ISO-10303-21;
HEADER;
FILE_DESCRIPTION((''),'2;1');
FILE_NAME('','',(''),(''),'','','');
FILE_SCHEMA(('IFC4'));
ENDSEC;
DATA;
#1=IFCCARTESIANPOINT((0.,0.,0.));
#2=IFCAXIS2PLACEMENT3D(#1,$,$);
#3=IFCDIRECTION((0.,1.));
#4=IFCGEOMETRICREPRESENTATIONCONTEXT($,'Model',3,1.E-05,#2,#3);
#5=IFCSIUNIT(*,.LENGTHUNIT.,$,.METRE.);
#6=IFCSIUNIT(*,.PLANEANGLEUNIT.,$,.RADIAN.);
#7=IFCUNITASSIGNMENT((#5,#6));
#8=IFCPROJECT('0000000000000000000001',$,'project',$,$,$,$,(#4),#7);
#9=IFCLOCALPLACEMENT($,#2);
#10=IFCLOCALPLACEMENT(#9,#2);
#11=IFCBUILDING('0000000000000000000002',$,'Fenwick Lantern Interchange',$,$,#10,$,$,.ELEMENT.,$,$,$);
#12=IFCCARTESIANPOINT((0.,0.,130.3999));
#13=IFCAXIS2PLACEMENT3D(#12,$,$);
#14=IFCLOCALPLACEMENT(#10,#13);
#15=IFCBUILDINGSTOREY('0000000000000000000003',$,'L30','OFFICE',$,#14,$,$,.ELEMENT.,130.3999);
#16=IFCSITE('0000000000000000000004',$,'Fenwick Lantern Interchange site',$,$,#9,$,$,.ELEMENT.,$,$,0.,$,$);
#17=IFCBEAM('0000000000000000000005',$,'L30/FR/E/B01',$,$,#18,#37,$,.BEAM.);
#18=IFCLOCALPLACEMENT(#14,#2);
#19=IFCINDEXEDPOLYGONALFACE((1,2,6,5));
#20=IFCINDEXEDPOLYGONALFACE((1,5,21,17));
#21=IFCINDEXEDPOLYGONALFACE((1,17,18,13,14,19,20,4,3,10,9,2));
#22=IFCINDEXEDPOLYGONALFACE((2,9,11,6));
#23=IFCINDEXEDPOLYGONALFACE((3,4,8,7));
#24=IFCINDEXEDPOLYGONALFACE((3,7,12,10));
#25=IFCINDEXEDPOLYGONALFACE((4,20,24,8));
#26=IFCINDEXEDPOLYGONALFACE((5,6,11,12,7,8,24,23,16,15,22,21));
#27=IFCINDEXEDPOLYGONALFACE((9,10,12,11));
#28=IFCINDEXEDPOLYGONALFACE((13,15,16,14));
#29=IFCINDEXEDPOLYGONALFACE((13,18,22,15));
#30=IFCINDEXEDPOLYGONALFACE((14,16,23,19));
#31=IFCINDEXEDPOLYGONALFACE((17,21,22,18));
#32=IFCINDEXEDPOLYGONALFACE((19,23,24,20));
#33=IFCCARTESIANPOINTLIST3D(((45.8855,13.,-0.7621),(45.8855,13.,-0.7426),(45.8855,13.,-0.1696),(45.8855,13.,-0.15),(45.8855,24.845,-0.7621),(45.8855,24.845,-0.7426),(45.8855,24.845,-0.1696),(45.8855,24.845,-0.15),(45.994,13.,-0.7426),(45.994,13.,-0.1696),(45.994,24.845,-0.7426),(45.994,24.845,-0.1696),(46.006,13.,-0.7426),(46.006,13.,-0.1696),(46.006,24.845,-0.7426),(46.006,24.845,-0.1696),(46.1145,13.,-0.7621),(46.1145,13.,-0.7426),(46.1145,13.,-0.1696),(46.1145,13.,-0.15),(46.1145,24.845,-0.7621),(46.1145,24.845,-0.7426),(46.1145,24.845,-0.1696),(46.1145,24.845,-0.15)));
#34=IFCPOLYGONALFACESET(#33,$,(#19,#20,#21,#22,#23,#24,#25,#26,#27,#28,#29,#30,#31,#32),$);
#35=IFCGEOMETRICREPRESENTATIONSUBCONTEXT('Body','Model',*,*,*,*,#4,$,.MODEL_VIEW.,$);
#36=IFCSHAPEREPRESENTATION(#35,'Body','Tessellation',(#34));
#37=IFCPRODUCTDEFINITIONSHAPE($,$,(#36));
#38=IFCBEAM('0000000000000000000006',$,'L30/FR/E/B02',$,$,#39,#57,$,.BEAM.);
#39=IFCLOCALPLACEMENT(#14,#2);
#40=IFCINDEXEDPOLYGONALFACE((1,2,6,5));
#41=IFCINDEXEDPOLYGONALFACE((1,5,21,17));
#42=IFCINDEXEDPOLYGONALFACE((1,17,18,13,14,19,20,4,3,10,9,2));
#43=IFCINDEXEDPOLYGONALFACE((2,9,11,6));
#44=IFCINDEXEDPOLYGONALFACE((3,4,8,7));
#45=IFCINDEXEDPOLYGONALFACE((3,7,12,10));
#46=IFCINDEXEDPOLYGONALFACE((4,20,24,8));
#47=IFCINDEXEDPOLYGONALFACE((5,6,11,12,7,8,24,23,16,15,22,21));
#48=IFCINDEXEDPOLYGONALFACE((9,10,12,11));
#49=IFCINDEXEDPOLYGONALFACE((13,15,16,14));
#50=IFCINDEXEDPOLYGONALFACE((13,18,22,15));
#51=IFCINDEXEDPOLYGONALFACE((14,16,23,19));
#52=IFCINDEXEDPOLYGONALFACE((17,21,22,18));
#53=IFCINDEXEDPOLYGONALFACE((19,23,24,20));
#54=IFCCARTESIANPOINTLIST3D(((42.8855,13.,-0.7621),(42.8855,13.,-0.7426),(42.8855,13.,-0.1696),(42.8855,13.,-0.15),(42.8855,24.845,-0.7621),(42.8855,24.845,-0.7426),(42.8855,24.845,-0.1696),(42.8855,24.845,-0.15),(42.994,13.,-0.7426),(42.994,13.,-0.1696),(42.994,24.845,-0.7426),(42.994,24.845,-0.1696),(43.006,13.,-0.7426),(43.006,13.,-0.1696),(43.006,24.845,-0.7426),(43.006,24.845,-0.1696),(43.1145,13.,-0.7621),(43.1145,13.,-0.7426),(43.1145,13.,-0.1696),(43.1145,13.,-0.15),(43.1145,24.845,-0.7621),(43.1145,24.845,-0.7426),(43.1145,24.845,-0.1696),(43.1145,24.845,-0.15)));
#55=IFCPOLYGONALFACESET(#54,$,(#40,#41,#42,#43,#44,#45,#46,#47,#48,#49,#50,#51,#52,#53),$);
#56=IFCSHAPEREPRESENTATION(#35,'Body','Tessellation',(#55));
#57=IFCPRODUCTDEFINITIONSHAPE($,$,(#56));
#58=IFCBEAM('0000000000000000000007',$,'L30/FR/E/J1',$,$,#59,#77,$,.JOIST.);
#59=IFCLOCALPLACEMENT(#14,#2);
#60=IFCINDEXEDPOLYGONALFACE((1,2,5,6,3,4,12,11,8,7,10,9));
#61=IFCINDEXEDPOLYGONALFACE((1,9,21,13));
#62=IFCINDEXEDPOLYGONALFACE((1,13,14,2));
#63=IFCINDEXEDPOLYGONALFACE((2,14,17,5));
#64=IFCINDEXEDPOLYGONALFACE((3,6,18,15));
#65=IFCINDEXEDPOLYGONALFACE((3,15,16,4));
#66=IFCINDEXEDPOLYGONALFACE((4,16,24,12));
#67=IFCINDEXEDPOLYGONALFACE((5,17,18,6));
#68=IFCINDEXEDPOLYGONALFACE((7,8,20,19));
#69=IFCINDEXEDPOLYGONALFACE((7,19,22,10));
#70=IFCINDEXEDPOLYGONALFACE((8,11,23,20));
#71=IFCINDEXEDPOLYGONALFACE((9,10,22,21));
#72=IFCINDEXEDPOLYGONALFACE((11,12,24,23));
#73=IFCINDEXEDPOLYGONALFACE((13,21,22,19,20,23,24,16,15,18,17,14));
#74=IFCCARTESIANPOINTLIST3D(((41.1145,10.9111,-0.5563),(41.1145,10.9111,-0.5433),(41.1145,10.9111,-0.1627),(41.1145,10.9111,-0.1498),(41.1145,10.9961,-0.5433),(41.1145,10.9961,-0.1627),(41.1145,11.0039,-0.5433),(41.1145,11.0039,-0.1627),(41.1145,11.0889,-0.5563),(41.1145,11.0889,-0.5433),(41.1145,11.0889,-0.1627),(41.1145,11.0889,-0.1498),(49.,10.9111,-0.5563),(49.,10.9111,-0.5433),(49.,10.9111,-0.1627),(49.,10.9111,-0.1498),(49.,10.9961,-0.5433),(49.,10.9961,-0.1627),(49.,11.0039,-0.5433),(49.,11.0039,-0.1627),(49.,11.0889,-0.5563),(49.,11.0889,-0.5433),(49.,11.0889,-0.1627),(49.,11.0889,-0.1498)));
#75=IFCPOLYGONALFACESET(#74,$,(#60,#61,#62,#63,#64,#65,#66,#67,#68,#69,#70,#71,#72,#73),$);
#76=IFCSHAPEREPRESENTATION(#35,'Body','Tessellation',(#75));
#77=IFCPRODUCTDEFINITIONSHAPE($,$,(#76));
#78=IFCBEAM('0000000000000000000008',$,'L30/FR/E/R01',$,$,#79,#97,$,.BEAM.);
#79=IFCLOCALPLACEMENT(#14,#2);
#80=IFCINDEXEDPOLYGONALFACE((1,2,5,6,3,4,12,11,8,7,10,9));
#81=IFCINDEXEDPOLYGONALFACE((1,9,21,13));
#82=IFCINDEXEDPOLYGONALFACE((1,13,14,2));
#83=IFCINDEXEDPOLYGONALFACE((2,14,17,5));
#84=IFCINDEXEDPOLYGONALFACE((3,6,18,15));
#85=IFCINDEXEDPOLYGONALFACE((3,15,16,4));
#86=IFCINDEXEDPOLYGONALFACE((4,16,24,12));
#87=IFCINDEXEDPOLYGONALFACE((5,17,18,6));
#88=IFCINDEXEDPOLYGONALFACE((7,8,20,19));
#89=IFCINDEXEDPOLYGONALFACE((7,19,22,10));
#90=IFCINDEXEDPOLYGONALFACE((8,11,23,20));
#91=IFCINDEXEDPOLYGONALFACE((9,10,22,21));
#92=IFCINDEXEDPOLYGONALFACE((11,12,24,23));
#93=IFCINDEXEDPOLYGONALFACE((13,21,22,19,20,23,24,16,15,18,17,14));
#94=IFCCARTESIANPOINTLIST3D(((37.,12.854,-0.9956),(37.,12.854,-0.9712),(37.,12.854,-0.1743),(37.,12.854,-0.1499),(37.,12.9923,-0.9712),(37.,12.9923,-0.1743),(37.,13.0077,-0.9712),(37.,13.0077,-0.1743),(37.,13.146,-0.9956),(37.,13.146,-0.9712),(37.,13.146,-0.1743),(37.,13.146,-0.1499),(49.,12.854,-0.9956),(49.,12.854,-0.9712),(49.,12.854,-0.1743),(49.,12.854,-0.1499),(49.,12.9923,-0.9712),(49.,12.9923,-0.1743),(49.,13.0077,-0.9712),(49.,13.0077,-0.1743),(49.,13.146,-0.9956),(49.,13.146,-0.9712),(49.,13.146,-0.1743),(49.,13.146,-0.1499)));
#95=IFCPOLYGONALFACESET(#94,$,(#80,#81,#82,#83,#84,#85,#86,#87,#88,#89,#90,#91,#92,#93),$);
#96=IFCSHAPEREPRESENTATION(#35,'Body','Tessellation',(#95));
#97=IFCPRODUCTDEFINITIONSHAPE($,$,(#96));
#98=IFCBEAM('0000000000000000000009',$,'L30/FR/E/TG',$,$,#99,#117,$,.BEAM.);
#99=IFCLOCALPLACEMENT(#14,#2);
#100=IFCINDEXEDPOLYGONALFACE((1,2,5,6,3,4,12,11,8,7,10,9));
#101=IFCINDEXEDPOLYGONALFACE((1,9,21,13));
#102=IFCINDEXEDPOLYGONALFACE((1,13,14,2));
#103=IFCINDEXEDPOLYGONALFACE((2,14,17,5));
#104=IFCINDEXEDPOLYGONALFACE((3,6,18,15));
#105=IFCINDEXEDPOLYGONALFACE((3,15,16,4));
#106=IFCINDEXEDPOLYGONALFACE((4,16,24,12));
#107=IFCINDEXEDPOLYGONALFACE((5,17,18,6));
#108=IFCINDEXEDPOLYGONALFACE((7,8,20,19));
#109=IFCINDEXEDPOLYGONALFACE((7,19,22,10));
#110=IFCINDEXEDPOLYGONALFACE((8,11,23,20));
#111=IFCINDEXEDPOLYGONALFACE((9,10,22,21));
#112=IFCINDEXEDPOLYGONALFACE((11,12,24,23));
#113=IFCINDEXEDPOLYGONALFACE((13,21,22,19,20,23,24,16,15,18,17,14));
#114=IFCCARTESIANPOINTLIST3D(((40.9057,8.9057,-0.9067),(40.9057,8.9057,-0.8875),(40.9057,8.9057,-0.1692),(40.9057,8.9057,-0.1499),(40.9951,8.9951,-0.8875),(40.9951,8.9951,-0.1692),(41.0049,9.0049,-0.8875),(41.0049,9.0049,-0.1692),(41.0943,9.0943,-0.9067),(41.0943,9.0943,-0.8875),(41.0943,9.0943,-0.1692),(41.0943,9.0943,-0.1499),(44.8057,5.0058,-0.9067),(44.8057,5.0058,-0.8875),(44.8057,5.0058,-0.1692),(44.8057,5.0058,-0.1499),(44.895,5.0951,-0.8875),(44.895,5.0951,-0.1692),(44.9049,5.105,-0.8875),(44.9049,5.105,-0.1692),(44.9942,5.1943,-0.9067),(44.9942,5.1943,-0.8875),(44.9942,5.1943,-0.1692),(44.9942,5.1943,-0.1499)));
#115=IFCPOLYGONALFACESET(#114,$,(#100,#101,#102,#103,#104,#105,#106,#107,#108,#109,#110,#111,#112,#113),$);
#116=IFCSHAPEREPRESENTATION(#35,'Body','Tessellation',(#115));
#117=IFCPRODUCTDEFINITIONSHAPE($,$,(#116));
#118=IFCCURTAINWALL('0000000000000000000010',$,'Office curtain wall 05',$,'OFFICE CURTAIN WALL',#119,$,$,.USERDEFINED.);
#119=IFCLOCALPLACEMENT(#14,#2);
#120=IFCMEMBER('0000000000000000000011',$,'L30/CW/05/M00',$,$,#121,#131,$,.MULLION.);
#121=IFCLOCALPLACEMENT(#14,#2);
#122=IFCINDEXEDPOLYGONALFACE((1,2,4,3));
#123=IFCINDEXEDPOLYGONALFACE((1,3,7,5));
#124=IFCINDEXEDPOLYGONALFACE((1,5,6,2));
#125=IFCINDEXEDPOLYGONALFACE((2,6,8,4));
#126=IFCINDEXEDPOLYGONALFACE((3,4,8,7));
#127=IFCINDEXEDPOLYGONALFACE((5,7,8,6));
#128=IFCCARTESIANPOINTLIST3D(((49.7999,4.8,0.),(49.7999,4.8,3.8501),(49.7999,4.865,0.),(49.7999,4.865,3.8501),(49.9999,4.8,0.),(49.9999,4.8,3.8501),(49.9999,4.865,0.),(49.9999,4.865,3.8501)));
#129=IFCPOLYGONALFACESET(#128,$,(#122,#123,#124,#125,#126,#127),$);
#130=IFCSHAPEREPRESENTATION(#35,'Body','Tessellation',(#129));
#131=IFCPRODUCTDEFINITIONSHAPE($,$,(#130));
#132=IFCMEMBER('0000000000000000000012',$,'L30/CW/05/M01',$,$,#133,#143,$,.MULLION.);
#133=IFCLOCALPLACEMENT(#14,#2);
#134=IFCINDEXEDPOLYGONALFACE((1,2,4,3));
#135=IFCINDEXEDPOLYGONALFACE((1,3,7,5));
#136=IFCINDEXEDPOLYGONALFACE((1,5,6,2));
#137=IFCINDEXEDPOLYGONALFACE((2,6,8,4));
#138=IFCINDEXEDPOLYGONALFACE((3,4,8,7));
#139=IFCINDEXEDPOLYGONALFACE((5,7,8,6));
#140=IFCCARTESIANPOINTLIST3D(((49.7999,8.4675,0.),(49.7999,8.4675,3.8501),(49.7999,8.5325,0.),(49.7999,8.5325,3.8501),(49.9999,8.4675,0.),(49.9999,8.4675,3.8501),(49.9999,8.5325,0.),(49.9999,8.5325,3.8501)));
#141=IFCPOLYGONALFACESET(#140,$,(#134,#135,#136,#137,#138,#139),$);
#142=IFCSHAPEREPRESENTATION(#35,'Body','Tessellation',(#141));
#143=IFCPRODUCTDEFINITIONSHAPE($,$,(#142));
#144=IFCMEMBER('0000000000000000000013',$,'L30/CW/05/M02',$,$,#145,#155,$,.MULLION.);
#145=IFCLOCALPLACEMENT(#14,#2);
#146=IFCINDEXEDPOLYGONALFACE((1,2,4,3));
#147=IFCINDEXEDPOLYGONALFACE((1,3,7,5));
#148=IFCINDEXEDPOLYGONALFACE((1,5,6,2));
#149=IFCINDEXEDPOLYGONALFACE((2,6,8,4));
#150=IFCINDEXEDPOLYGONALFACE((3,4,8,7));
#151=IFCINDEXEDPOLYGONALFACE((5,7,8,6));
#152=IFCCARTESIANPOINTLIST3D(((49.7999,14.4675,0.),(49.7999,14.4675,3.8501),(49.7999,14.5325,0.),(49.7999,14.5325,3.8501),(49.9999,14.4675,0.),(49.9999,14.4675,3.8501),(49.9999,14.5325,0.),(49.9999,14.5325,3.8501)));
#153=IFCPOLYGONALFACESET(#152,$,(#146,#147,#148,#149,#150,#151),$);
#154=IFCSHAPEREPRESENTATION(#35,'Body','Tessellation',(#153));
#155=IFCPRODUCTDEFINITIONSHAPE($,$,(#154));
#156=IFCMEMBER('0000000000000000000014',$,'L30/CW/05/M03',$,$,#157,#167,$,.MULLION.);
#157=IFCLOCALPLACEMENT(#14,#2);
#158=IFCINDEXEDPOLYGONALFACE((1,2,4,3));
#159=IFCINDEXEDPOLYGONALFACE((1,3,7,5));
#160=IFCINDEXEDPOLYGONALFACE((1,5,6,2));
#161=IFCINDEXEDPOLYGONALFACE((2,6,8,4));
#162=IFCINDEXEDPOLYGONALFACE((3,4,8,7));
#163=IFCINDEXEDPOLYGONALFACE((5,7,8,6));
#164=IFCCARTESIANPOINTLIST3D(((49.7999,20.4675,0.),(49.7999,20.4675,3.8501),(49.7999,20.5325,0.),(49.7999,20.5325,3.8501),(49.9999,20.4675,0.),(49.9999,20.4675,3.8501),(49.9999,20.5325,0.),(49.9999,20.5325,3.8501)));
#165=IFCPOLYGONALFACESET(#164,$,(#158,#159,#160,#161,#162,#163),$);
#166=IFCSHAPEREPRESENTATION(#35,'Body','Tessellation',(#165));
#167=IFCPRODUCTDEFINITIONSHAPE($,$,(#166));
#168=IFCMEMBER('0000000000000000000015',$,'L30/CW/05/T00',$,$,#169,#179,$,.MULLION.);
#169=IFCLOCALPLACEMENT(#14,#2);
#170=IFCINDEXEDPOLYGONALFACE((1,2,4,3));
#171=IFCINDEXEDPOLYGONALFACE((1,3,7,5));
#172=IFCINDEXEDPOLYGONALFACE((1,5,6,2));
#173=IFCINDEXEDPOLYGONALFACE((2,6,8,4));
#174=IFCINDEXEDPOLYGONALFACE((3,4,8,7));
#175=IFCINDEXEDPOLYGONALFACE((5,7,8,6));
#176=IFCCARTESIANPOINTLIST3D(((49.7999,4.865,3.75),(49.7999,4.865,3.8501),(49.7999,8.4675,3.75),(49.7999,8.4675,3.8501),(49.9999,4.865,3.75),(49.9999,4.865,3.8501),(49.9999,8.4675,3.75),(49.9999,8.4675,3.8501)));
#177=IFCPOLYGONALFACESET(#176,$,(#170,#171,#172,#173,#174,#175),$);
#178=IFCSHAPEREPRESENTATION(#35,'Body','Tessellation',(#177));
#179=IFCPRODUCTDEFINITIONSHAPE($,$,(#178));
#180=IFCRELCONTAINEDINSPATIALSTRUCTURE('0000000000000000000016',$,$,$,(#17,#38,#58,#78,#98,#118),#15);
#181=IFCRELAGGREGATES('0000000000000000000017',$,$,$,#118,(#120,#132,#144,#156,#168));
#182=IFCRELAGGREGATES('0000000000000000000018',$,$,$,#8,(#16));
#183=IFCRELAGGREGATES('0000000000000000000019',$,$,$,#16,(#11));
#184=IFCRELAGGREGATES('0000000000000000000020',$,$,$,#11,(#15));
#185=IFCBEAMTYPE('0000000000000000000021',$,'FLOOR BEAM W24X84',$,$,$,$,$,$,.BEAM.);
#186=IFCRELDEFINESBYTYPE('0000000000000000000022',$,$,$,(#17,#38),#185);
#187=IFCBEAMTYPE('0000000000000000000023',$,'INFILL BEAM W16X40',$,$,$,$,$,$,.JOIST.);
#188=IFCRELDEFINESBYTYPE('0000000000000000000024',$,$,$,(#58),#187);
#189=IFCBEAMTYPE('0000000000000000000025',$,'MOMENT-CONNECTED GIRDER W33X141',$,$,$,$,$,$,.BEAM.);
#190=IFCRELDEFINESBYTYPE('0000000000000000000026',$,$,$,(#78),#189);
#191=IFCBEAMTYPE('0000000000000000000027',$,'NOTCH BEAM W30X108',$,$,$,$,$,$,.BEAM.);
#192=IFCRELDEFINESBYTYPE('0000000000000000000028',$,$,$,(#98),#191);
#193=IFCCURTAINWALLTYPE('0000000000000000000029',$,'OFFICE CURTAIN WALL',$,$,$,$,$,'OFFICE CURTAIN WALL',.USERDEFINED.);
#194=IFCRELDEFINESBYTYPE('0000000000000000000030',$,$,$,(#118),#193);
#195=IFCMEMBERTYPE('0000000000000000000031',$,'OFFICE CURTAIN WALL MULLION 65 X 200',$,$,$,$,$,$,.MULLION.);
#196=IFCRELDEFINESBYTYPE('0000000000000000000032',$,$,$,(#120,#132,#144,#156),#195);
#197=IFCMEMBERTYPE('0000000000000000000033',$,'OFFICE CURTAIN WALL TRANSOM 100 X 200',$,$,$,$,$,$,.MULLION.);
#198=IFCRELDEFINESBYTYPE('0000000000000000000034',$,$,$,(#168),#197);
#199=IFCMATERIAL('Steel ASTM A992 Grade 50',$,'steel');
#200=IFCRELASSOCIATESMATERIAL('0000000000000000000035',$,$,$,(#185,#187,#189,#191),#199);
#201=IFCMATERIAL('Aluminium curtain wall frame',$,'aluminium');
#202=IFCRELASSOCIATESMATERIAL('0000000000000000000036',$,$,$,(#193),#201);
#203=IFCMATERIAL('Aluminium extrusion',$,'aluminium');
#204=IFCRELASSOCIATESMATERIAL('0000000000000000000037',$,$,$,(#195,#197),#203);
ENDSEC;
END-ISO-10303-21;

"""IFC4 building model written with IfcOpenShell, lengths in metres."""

from ifc_helpers import new_model, si_unit, direction, frame, origin, origin_2d, place, context, subcontext, project, spatial, rectangle, i_section, extrude, material, material_profile, profile_set, type_object, element, aggregate, save


model = new_model("IFC4")

# Units and contexts
model_context = context("Model", 3, precision=1e-05, world=origin(), true_north=direction((0.0, 1.0)))
body_context = subcontext(model_context, "Body", "Model", "MODEL_VIEW")
ifc_project = project(units=[si_unit("LENGTHUNIT", "METRE"), si_unit("PLANEANGLEUNIT", "RADIAN")], contexts=[model_context])

# Site, building, storey
site_placement = place(None, origin())
site = spatial("IfcSite", under=ifc_project, at=site_placement, Name="Fenwick Lantern Interchange site", CompositionType="ELEMENT", RefElevation=0.0)
building_placement = place(site_placement, origin())
building = spatial("IfcBuilding", under=site, at=building_placement, Name="Fenwick Lantern Interchange", CompositionType="ELEMENT")
storey_placement = place(building_placement, frame((0.0, 0.0, 130.3999)))
storey = spatial("IfcBuildingStorey", under=building, at=storey_placement, Name="L30", Description="OFFICE", CompositionType="ELEMENT", Elevation=130.3999)

# Shared definitions
ifc_material_1 = material(Name="Steel ASTM A992 Grade 50", Category="steel")

# Beams
ifc_material_profile_1 = material_profile(ifc_material_1, i_section(OverallWidth=0.229, OverallDepth=0.6121, WebThickness=0.012, FlangeThickness=0.0195, at=origin_2d()), Name="W24X84")
ifc_profile_set_1 = profile_set([ifc_material_profile_1], Name="Steel ASTM A992 Grade 50")
beam_type_1 = type_object("IfcBeamType", Name="FLOOR BEAM W24X84", PredefinedType="BEAM", material=ifc_profile_set_1)
for number, where, z_axis, x_axis, name in (
    (1, (46.0, 13.0, -0.4561), (0.0, 1.0, 0.0), (-1.0, 0.0, 0.0), "L30/FR/E/B01"),
    (2, (43.0, 13.0, -0.4561), (0.0, 1.0, 0.0), (-1.0, 0.0, 0.0), "L30/FR/E/B02"),
):
    element("IfcBeam", number, at=place(storey_placement, frame(where, z_axis=z_axis, x_axis=x_axis)), inside=storey, type_object=beam_type_1, Name=name, PredefinedType="BEAM", context=body_context, shape_type="SweptSolid", body=[
        extrude(i_section(OverallWidth=0.229, OverallDepth=0.6121, WebThickness=0.012, FlangeThickness=0.0195, at=origin_2d()), origin(), (0.0, 0.0, 1.0), 11.845),
    ])
ifc_material_profile_2 = material_profile(ifc_material_1, i_section(OverallWidth=0.1777, OverallDepth=0.4065, WebThickness=0.0078, FlangeThickness=0.0129, at=origin_2d()), Name="W16X40")
ifc_profile_set_2 = profile_set([ifc_material_profile_2], Name="Steel ASTM A992 Grade 50")
beam_type_2 = type_object("IfcBeamType", Name="INFILL BEAM W16X40", PredefinedType="JOIST", material=ifc_profile_set_2)
beam_1_placement = place(storey_placement, frame((49.0, 11.0, -0.353), z_axis=(-1.0, 0.0, 0.0), x_axis=(0.0, -1.0, 0.0)))
element("IfcBeam", 3, at=beam_1_placement, inside=storey, type_object=beam_type_2, Name="L30/FR/E/J1", PredefinedType="JOIST", context=body_context, shape_type="SweptSolid", body=[
    extrude(i_section(OverallWidth=0.1777, OverallDepth=0.4065, WebThickness=0.0078, FlangeThickness=0.0129, at=origin_2d()), origin(), (0.0, 0.0, 1.0), 7.8855),
])
ifc_material_profile_3 = material_profile(ifc_material_1, i_section(OverallWidth=0.292, OverallDepth=0.8457, WebThickness=0.0154, FlangeThickness=0.0244, at=origin_2d()), Name="W33X141")
ifc_profile_set_3 = profile_set([ifc_material_profile_3], Name="Steel ASTM A992 Grade 50")
beam_type_3 = type_object("IfcBeamType", Name="MOMENT-CONNECTED GIRDER W33X141", PredefinedType="BEAM", material=ifc_profile_set_3)
beam_2_placement = place(storey_placement, frame((49.0, 13.0, -0.5728), z_axis=(-1.0, 0.0, 0.0), x_axis=(0.0, -1.0, 0.0)))
element("IfcBeam", 4, at=beam_2_placement, inside=storey, type_object=beam_type_3, Name="L30/FR/E/R01", PredefinedType="BEAM", context=body_context, shape_type="SweptSolid", body=[
    extrude(i_section(OverallWidth=0.292, OverallDepth=0.8457, WebThickness=0.0154, FlangeThickness=0.0244, at=origin_2d()), origin(), (0.0, 0.0, 1.0), 12.0),
])
ifc_material_profile_4 = material_profile(ifc_material_1, i_section(OverallWidth=0.2666, OverallDepth=0.7568, WebThickness=0.0139, FlangeThickness=0.0193, at=origin_2d()), Name="W30X108")
ifc_profile_set_4 = profile_set([ifc_material_profile_4], Name="Steel ASTM A992 Grade 50")
beam_type_4 = type_object("IfcBeamType", Name="NOTCH BEAM W30X108", PredefinedType="BEAM", material=ifc_profile_set_4)
beam_3_placement = place(storey_placement, frame((41.0, 9.0, -0.5283), z_axis=(0.707107, -0.707107, 0.0), x_axis=(0.707107, 0.707107, 0.0)))
element("IfcBeam", 5, at=beam_3_placement, inside=storey, type_object=beam_type_4, Name="L30/FR/E/TG", PredefinedType="BEAM", context=body_context, shape_type="SweptSolid", body=[
    extrude(i_section(OverallWidth=0.2666, OverallDepth=0.7568, WebThickness=0.0139, FlangeThickness=0.0193, at=origin_2d()), origin(), (0.0, 0.0, 1.0), 5.5154),
])

# Curtain wall, members
ifc_material_2 = material(Name="Aluminium curtain wall frame", Category="aluminium")
curtain_wall_type = type_object("IfcCurtainWallType", Name="OFFICE CURTAIN WALL", ElementType="OFFICE CURTAIN WALL", PredefinedType="USERDEFINED", material=ifc_material_2)
curtain_wall_placement = place(storey_placement, origin())
curtain_wall = element("IfcCurtainWall", 6, at=curtain_wall_placement, inside=storey, type_object=curtain_wall_type, Name="Office curtain wall 05", ObjectType="OFFICE CURTAIN WALL", PredefinedType="USERDEFINED")
ifc_material_3 = material(Name="Aluminium extrusion", Category="aluminium")
ifc_material_profile_5 = material_profile(ifc_material_3, rectangle(XDim=0.2, YDim=0.0649, at=origin_2d()), Name="OFFICE CURTAIN WALL MULLION 65 X 200")
ifc_profile_set_5 = profile_set([ifc_material_profile_5], Name="Aluminium extrusion")
member_type_1 = type_object("IfcMemberType", Name="OFFICE CURTAIN WALL MULLION 65 X 200", PredefinedType="MULLION", material=ifc_profile_set_5)
member_1_placement = place(storey_placement, frame((49.8999, 4.8325, 0.0), z_axis=(0.0, 0.0, 1.0), x_axis=(-1.0, 0.0, 0.0)))
member_1 = element("IfcMember", 7, at=member_1_placement, type_object=member_type_1, Name="L30/CW/05/M00", PredefinedType="MULLION", context=body_context, shape_type="SweptSolid", body=[
    extrude(rectangle(XDim=0.2, YDim=0.0649, at=origin_2d()), origin(), (0.0, 0.0, 1.0), 3.8501),
])
member_2_placement = place(storey_placement, frame((49.8999, 8.5, 0.0), z_axis=(0.0, 0.0, 1.0), x_axis=(-1.0, 0.0, 0.0)))
member_2 = element("IfcMember", 8, at=member_2_placement, type_object=member_type_1, Name="L30/CW/05/M01", PredefinedType="MULLION", context=body_context, shape_type="SweptSolid", body=[
    extrude(rectangle(XDim=0.2, YDim=0.0649, at=origin_2d()), origin(), (0.0, 0.0, 1.0), 3.8501),
])
member_3_placement = place(storey_placement, frame((49.8999, 14.5, 0.0), z_axis=(0.0, 0.0, 1.0), x_axis=(-1.0, 0.0, 0.0)))
member_3 = element("IfcMember", 9, at=member_3_placement, type_object=member_type_1, Name="L30/CW/05/M02", PredefinedType="MULLION", context=body_context, shape_type="SweptSolid", body=[
    extrude(rectangle(XDim=0.2, YDim=0.0649, at=origin_2d()), origin(), (0.0, 0.0, 1.0), 3.8501),
])
member_4_placement = place(storey_placement, frame((49.8999, 20.5, 0.0), z_axis=(0.0, 0.0, 1.0), x_axis=(-1.0, 0.0, 0.0)))
member_4 = element("IfcMember", 10, at=member_4_placement, type_object=member_type_1, Name="L30/CW/05/M03", PredefinedType="MULLION", context=body_context, shape_type="SweptSolid", body=[
    extrude(rectangle(XDim=0.2, YDim=0.0649, at=origin_2d()), origin(), (0.0, 0.0, 1.0), 3.8501),
])
ifc_material_profile_6 = material_profile(ifc_material_3, rectangle(XDim=0.2, YDim=0.1001, at=origin_2d()), Name="OFFICE CURTAIN WALL TRANSOM 100 X 200")
ifc_profile_set_6 = profile_set([ifc_material_profile_6], Name="Aluminium extrusion")
member_type_2 = type_object("IfcMemberType", Name="OFFICE CURTAIN WALL TRANSOM 100 X 200", PredefinedType="MULLION", material=ifc_profile_set_6)
member_5_placement = place(storey_placement, frame((49.8999, 4.865, 3.8), z_axis=(0.0, 1.0, 0.0), x_axis=(-1.0, 0.0, 0.0)))
member_5 = element("IfcMember", 11, at=member_5_placement, type_object=member_type_2, Name="L30/CW/05/T00", PredefinedType="MULLION", context=body_context, shape_type="SweptSolid", body=[
    extrude(rectangle(XDim=0.2, YDim=0.1001, at=origin_2d()), origin(), (0.0, 0.0, 1.0), 3.6025),
])
aggregate(curtain_wall, [member_1, member_2, member_3, member_4, member_5])

save(model, "model.ifc")
